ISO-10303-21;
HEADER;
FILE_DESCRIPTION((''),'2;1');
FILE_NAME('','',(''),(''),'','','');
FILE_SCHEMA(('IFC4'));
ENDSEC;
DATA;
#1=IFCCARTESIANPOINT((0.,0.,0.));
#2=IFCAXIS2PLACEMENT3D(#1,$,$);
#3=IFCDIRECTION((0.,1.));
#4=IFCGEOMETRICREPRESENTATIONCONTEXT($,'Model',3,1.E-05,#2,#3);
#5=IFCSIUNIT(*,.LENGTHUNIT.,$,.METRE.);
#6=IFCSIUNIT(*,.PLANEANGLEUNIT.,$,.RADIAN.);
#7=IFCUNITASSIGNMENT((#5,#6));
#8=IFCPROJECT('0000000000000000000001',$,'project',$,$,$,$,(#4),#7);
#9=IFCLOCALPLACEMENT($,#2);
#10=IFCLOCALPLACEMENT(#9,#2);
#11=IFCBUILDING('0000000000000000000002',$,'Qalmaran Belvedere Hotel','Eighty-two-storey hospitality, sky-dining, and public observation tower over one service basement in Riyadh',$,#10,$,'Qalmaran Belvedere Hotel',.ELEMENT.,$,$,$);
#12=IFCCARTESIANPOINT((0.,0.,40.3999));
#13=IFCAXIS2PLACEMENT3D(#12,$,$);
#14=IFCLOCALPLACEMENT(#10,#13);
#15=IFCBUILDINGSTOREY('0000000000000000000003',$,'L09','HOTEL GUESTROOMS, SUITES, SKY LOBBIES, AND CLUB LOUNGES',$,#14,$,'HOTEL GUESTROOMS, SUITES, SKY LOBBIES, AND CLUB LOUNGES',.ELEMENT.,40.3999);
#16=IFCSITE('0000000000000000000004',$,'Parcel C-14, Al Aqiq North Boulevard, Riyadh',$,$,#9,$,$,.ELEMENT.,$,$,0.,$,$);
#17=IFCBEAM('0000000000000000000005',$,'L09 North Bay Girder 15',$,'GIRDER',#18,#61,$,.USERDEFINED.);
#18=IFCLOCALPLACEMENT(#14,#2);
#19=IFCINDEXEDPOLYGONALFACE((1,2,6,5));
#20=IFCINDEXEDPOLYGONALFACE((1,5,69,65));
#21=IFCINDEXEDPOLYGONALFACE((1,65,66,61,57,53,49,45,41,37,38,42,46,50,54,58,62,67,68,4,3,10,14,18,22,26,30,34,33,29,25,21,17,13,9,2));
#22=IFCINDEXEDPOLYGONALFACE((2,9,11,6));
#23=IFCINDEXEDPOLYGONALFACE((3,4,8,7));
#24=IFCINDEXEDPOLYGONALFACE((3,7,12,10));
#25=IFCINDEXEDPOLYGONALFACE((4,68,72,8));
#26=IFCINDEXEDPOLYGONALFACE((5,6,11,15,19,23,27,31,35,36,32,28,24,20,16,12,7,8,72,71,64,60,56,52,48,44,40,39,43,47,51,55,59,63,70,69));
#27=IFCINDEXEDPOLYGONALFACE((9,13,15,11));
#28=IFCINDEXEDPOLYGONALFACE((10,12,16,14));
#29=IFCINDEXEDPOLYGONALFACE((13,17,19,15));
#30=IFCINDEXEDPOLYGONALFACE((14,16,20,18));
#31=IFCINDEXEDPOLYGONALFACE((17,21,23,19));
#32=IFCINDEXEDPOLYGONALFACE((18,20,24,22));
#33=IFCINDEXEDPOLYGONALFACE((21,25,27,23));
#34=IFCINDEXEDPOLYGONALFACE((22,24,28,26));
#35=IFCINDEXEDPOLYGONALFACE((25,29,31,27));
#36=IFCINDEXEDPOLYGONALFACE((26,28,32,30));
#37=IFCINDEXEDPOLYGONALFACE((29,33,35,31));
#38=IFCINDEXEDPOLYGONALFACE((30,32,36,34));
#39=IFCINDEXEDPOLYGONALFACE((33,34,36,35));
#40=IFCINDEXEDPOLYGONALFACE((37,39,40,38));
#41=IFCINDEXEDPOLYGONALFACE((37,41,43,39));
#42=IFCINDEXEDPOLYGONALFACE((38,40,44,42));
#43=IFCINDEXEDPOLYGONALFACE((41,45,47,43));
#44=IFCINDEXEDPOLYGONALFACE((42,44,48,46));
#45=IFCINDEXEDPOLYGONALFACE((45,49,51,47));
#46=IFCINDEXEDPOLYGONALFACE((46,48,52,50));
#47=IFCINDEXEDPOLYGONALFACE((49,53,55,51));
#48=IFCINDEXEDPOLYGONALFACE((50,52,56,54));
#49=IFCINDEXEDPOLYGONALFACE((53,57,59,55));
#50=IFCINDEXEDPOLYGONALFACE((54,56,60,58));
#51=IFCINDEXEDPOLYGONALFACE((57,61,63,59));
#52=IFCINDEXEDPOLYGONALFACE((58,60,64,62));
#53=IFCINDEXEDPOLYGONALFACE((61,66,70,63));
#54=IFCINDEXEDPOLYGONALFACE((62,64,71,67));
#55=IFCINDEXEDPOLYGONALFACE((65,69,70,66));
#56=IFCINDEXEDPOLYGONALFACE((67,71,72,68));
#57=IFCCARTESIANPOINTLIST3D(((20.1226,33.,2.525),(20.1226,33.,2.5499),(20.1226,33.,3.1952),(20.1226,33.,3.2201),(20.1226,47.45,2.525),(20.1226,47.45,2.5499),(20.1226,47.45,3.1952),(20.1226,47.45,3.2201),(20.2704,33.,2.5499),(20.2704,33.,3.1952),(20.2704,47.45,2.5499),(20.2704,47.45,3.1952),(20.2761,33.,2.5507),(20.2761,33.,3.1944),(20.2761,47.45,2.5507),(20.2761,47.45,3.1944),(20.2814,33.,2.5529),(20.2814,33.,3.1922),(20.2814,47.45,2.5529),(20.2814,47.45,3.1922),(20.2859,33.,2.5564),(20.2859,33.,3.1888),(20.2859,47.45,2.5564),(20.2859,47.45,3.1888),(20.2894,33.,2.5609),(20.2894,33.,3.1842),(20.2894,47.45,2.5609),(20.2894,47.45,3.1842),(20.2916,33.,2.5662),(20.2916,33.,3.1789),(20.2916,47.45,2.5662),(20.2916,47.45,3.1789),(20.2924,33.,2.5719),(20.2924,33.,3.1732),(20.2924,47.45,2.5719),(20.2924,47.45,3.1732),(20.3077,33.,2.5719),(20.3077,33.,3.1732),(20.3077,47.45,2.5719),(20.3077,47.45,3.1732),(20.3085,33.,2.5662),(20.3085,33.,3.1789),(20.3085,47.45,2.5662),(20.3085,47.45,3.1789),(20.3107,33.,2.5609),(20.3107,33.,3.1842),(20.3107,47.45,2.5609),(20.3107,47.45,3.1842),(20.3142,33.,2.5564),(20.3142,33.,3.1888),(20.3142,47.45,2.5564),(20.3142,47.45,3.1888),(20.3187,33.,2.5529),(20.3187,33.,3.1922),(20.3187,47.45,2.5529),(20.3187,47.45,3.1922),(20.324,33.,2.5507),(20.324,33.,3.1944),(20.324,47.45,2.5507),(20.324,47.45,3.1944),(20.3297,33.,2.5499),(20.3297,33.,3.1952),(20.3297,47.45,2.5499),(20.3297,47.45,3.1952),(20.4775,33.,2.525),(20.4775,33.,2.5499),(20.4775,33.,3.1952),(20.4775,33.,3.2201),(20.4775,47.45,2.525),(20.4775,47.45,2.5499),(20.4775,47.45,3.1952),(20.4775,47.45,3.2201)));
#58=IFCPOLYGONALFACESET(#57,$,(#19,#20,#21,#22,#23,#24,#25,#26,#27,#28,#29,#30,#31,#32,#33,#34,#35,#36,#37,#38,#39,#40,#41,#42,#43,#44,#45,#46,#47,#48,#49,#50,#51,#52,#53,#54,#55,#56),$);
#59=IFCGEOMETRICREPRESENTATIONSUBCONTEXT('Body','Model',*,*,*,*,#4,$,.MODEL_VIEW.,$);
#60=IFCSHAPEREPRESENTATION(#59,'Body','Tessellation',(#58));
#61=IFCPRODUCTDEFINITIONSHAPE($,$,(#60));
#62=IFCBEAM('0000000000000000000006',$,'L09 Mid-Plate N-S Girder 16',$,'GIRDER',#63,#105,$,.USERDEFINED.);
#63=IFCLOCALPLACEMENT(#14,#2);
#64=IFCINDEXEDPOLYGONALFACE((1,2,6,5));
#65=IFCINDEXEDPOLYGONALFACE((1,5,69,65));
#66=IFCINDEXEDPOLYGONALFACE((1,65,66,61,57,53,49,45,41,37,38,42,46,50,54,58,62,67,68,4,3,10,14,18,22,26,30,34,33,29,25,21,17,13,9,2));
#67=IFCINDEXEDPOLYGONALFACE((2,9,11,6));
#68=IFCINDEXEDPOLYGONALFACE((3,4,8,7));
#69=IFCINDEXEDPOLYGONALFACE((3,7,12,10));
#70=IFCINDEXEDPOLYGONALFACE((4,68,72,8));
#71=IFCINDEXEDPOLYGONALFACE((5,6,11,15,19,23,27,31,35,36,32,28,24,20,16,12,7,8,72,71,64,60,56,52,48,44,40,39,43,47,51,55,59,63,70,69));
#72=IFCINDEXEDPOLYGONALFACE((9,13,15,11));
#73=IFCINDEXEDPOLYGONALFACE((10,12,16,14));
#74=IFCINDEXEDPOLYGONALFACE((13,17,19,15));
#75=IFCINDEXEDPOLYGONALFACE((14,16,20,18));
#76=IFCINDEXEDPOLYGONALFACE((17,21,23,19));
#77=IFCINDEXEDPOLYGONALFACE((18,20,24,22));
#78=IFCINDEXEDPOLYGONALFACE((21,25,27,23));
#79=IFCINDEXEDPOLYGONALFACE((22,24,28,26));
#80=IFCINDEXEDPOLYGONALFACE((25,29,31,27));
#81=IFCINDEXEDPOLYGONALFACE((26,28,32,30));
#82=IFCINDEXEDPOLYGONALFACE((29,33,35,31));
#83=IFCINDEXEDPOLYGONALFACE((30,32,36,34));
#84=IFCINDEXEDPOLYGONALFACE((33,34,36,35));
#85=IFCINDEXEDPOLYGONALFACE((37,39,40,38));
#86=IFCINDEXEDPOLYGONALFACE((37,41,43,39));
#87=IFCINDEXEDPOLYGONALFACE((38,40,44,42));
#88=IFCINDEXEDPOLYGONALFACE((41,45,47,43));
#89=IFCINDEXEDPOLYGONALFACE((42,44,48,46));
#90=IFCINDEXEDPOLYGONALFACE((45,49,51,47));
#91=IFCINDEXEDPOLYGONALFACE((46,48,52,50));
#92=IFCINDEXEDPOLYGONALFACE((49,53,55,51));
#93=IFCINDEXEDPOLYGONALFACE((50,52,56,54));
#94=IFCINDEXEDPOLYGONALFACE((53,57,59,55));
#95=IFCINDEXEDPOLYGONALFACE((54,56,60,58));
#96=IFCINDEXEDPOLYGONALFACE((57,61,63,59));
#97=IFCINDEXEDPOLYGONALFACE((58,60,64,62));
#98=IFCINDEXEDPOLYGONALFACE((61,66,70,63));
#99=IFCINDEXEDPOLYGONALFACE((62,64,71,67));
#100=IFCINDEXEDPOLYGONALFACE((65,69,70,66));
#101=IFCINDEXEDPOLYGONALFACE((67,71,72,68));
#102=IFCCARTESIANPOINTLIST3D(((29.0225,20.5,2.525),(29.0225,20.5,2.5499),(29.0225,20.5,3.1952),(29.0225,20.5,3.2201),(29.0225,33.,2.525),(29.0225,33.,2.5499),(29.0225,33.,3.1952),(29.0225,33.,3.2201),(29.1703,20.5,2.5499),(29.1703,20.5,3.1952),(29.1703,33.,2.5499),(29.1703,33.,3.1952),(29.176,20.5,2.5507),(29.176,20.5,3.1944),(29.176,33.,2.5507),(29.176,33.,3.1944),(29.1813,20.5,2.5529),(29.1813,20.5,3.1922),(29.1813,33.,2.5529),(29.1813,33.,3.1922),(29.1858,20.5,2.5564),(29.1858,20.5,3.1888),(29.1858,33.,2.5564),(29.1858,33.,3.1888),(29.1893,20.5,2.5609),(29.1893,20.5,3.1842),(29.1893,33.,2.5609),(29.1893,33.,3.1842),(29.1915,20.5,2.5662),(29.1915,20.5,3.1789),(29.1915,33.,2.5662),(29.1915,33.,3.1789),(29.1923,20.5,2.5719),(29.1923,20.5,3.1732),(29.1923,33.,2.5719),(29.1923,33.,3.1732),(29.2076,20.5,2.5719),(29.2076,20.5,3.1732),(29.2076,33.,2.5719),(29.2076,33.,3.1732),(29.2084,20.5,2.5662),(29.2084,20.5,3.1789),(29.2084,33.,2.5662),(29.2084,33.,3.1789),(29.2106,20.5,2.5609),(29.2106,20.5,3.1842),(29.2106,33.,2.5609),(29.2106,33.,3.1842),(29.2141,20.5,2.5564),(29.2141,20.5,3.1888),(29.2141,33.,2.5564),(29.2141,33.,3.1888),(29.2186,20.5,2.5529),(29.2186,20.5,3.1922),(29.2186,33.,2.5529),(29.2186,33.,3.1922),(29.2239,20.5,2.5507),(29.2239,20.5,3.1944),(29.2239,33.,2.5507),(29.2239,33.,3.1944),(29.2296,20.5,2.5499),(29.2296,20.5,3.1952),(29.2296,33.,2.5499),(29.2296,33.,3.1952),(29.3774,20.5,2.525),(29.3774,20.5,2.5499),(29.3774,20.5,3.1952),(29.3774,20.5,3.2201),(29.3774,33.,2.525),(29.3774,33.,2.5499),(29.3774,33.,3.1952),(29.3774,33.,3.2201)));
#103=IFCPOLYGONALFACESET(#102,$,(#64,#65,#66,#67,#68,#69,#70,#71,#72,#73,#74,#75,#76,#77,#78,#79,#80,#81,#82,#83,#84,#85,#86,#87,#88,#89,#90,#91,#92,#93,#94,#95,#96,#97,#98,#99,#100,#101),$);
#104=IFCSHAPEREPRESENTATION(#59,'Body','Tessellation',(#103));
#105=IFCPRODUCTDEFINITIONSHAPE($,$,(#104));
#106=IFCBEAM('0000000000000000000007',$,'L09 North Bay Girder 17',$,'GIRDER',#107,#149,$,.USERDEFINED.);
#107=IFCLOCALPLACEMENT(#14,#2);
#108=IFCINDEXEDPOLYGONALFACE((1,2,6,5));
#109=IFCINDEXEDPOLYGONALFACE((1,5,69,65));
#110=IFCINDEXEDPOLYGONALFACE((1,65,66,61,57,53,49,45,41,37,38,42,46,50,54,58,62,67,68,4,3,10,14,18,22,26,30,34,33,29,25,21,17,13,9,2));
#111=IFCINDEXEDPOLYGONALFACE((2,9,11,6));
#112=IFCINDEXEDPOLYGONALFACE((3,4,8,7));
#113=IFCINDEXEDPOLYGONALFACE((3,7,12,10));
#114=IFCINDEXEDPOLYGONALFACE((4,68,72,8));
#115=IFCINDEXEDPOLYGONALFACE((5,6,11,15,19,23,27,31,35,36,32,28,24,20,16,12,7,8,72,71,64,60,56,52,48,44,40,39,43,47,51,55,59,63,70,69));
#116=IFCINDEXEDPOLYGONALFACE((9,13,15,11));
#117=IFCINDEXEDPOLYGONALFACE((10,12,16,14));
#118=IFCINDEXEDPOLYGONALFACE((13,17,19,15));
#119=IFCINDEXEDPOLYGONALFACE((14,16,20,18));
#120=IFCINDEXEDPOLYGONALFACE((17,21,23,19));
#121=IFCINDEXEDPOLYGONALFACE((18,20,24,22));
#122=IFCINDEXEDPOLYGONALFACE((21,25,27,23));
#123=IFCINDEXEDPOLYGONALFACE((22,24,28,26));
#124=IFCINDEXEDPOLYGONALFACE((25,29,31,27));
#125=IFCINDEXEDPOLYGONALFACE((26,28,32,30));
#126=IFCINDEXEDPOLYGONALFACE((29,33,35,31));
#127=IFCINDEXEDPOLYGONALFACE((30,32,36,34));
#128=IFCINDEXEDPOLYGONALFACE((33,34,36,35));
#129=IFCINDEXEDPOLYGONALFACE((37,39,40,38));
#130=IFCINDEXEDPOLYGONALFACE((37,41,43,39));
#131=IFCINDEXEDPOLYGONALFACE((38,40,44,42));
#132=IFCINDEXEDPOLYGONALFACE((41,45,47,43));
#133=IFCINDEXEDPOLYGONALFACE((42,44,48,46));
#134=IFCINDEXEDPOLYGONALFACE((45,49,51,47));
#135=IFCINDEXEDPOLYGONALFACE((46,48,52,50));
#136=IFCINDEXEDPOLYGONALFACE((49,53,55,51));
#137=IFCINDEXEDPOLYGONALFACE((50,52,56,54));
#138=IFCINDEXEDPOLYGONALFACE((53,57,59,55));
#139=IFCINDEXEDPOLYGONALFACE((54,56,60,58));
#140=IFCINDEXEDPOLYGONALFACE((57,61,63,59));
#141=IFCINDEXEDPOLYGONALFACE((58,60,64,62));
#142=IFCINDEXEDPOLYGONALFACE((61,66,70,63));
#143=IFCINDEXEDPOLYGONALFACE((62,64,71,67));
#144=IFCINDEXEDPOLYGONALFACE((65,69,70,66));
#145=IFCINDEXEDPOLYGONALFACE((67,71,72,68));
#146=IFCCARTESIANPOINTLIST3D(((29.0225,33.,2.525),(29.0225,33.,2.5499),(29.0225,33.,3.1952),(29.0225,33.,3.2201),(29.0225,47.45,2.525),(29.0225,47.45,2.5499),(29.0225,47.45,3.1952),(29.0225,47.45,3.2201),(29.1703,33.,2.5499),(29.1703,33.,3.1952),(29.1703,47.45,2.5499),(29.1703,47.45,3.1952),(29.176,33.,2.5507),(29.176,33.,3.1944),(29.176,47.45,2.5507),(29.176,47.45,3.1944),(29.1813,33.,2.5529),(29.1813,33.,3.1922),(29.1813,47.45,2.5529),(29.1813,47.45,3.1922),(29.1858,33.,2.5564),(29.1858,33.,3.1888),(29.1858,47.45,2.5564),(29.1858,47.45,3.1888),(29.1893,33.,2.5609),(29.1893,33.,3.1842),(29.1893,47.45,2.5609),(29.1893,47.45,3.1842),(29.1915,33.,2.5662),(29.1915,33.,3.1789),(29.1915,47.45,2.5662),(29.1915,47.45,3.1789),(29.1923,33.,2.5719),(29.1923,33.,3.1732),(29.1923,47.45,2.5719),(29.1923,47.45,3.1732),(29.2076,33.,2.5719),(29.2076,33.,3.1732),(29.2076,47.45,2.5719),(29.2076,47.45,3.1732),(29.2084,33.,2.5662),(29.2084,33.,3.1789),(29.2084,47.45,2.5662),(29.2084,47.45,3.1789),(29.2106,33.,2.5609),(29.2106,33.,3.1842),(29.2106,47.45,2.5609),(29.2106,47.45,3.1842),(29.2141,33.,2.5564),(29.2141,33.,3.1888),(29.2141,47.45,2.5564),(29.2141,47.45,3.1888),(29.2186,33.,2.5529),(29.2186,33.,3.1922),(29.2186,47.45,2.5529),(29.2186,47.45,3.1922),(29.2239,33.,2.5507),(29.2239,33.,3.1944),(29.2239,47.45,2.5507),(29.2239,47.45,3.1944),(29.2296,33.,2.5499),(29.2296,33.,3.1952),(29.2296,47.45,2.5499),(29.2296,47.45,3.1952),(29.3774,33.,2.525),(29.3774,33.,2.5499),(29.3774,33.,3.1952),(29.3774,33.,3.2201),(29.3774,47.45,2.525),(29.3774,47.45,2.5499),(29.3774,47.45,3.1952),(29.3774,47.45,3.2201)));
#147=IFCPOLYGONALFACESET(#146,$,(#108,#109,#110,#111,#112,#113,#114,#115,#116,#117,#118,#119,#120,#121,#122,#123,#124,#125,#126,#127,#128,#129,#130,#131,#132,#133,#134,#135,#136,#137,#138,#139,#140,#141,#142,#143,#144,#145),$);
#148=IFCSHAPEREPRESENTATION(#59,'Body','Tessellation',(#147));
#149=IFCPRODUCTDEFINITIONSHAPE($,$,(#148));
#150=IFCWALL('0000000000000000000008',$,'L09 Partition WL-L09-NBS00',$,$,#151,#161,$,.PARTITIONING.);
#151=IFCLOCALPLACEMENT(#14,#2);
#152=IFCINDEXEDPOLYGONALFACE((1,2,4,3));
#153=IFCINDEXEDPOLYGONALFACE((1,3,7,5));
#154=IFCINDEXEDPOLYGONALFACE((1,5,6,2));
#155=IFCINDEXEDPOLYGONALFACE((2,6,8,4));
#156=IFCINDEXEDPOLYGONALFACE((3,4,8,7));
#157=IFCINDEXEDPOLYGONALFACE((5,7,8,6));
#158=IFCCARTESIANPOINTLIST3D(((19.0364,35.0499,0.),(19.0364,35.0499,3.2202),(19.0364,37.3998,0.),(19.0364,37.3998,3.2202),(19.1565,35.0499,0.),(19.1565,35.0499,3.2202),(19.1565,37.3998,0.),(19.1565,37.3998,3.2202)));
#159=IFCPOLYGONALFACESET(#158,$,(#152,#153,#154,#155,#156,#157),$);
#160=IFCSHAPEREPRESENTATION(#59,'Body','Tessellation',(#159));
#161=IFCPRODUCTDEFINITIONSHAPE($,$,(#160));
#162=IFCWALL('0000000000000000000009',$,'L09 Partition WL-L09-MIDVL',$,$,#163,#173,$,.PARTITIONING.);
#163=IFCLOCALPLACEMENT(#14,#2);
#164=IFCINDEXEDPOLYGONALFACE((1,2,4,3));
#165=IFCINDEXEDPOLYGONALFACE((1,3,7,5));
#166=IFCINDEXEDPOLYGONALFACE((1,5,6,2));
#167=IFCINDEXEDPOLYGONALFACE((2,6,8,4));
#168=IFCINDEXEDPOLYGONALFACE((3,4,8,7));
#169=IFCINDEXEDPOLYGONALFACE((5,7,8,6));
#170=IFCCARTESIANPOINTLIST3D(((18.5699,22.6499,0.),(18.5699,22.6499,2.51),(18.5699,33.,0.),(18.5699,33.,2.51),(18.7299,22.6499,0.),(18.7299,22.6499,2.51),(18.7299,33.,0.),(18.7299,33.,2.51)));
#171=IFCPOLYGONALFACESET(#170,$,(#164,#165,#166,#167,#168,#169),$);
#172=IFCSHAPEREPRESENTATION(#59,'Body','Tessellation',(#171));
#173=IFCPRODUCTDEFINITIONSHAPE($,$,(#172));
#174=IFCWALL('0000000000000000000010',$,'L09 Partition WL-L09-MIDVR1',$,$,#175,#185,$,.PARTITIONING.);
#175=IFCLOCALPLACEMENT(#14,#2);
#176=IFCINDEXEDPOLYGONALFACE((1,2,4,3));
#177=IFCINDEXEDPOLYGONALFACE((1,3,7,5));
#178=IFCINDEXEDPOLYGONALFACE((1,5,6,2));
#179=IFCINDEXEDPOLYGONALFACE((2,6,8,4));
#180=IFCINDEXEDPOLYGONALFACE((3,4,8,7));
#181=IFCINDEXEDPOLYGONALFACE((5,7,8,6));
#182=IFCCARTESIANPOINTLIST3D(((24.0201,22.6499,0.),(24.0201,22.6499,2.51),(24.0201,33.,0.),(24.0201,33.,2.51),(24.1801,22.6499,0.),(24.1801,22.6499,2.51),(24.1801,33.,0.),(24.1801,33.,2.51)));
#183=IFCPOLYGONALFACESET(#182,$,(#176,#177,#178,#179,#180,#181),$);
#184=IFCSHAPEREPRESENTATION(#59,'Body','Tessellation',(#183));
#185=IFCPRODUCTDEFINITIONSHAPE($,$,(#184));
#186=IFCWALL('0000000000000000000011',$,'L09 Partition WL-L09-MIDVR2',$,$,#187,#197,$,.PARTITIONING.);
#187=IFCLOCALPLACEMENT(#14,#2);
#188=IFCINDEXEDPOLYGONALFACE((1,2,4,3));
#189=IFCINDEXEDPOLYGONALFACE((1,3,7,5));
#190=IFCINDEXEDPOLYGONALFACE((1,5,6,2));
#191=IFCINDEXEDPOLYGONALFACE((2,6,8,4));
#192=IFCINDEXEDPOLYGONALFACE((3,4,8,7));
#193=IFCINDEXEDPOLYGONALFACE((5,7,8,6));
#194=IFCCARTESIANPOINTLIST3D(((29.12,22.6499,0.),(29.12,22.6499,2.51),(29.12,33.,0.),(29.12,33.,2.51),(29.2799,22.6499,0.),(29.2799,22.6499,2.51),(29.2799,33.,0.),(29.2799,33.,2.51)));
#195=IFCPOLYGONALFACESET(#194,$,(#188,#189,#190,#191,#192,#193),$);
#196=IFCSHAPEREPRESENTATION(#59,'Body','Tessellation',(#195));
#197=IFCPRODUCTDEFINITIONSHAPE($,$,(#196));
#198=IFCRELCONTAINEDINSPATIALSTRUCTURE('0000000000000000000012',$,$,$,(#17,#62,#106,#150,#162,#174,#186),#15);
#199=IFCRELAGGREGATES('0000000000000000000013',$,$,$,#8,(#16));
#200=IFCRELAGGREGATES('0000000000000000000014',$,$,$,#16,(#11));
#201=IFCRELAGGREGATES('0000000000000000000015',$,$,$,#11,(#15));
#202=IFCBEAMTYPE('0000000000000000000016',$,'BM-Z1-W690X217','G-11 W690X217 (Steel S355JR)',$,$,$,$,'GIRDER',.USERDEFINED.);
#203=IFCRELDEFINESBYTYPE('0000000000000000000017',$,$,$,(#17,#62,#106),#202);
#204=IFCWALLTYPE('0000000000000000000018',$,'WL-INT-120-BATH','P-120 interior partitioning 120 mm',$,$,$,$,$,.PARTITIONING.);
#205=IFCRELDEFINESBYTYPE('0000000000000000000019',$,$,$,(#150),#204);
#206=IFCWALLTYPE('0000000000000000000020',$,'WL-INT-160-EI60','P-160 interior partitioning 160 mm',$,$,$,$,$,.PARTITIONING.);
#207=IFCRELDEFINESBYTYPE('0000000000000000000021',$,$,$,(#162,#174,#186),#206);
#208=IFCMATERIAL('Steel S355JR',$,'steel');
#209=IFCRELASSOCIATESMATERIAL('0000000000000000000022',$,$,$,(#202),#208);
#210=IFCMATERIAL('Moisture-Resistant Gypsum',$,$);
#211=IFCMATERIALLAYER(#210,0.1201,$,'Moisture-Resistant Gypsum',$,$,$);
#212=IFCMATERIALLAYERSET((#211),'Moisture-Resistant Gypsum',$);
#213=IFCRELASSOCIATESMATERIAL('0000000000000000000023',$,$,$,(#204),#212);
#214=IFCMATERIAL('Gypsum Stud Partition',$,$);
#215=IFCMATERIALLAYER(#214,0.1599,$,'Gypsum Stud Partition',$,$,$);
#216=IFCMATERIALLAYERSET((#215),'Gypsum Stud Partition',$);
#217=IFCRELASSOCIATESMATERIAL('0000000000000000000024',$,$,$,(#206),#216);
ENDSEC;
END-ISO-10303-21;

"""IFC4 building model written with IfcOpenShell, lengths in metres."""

from ifc_helpers import new_model, si_unit, direction, frame, frame_2d, origin, origin_2d, place, context, subcontext, project, spatial, rectangle, i_section, extrude, material, layer, layer_set, material_profile, profile_set, type_object, element, save


model = new_model("IFC4")

# Units and contexts
model_context = context("Model", 3, precision=1e-05, world=origin(), true_north=direction((0.0, 1.0)))
body_context = subcontext(model_context, "Body", "Model", "MODEL_VIEW")
ifc_project = project(units=[si_unit("LENGTHUNIT", "METRE"), si_unit("PLANEANGLEUNIT", "RADIAN")], contexts=[model_context])

# Site, building, storey
site_placement = place(None, origin())
site = spatial("IfcSite", under=ifc_project, at=site_placement, Name="Parcel C-14, Al Aqiq North Boulevard, Riyadh", CompositionType="ELEMENT", RefElevation=0.0)
building_placement = place(site_placement, origin())
building = spatial("IfcBuilding", under=site, at=building_placement, Name="Qalmaran Belvedere Hotel", Description="Eighty-two-storey hospitality, sky-dining, and public observation tower over one service basement in Riyadh", LongName="Qalmaran Belvedere Hotel", CompositionType="ELEMENT")
storey_placement = place(building_placement, frame((0.0, 0.0, 40.3999)))
storey = spatial("IfcBuildingStorey", under=building, at=storey_placement, Name="L09", Description="HOTEL GUESTROOMS, SUITES, SKY LOBBIES, AND CLUB LOUNGES", LongName="HOTEL GUESTROOMS, SUITES, SKY LOBBIES, AND CLUB LOUNGES", CompositionType="ELEMENT", Elevation=40.3999)

# Beams
ifc_material_1 = material(Name="Steel S355JR", Category="steel")
ifc_material_profile_1 = material_profile(ifc_material_1, i_section(OverallWidth=0.355, OverallDepth=0.6951, WebThickness=0.0154, FlangeThickness=0.0249, FilletRadius=0.022, at=origin_2d()), Name="W690X217")
ifc_profile_set_1 = profile_set([ifc_material_profile_1], Name="Steel S355JR")
beam_type_1 = type_object("IfcBeamType", Name="BM-Z1-W690X217", Description="G-11 W690X217 (Steel S355JR)", ElementType="GIRDER", PredefinedType="USERDEFINED", material=ifc_profile_set_1)
beam_1_placement = place(storey_placement, frame((20.3, 33.0, 2.8726), z_axis=(0.0, 1.0, 0.0), x_axis=(-1.0, 0.0, 0.0)))
element("IfcBeam", 1, at=beam_1_placement, inside=storey, type_object=beam_type_1, Name="L09 North Bay Girder 15", ObjectType="GIRDER", PredefinedType="USERDEFINED", context=body_context, shape_type="SweptSolid", body=[
    extrude(i_section(OverallWidth=0.355, OverallDepth=0.6951, WebThickness=0.0154, FlangeThickness=0.0249, FilletRadius=0.022, at=origin_2d()), origin(), (0.0, 0.0, 1.0), 14.45),
])
beam_2_placement = place(storey_placement, frame((29.2, 20.5, 2.8726), z_axis=(0.0, 1.0, 0.0), x_axis=(-1.0, 0.0, 0.0)))
element("IfcBeam", 2, at=beam_2_placement, inside=storey, type_object=beam_type_1, Name="L09 Mid-Plate N-S Girder 16", ObjectType="GIRDER", PredefinedType="USERDEFINED", context=body_context, shape_type="SweptSolid", body=[
    extrude(i_section(OverallWidth=0.355, OverallDepth=0.6951, WebThickness=0.0154, FlangeThickness=0.0249, FilletRadius=0.022, at=origin_2d()), origin(), (0.0, 0.0, 1.0), 12.5),
])
beam_3_placement = place(storey_placement, frame((29.2, 33.0, 2.8726), z_axis=(0.0, 1.0, 0.0), x_axis=(-1.0, 0.0, 0.0)))
element("IfcBeam", 3, at=beam_3_placement, inside=storey, type_object=beam_type_1, Name="L09 North Bay Girder 17", ObjectType="GIRDER", PredefinedType="USERDEFINED", context=body_context, shape_type="SweptSolid", body=[
    extrude(i_section(OverallWidth=0.355, OverallDepth=0.6951, WebThickness=0.0154, FlangeThickness=0.0249, FilletRadius=0.022, at=origin_2d()), origin(), (0.0, 0.0, 1.0), 14.45),
])

# Wall
ifc_material_2 = material(Name="Moisture-Resistant Gypsum")
ifc_layer_1 = layer(ifc_material_2, 0.1201, Name="Moisture-Resistant Gypsum")
ifc_layer_set_1 = layer_set([ifc_layer_1], Name="Moisture-Resistant Gypsum")
wall_type_1 = type_object("IfcWallType", Name="WL-INT-120-BATH", Description="P-120 interior partitioning 120 mm", PredefinedType="PARTITIONING", material=ifc_layer_set_1)
wall_1_placement = place(storey_placement, frame((19.0964, 35.05, 0.0), z_axis=(0.0, 0.0, 1.0), x_axis=(0.0, 1.0, 0.0)))
element("IfcWall", 4, at=wall_1_placement, inside=storey, type_object=wall_type_1, Name="L09 Partition WL-L09-NBS00", PredefinedType="PARTITIONING", context=body_context, shape_type="SweptSolid", body=[
    extrude(rectangle(XDim=2.3499, YDim=0.1201, at=frame_2d((1.1748, 0.0))), origin(), (0.0, 0.0, 1.0), 3.2202),
])

# Shared definitions
ifc_material_3 = material(Name="Gypsum Stud Partition")

# Walls
ifc_layer_2 = layer(ifc_material_3, 0.1599, Name="Gypsum Stud Partition")
ifc_layer_set_2 = layer_set([ifc_layer_2], Name="Gypsum Stud Partition")
wall_type_2 = type_object("IfcWallType", Name="WL-INT-160-EI60", Description="P-160 interior partitioning 160 mm", PredefinedType="PARTITIONING", material=ifc_layer_set_2)
for number, where, z_axis, x_axis, name in (
    (5, (18.6499, 22.6499, 0.0), (0.0, 0.0, 1.0), (0.0, 1.0, 0.0), "L09 Partition WL-L09-MIDVL"),
    (6, (24.1001, 22.6499, 0.0), (0.0, 0.0, 1.0), (0.0, 1.0, 0.0), "L09 Partition WL-L09-MIDVR1"),
    (7, (29.2, 22.6499, 0.0), (0.0, 0.0, 1.0), (0.0, 1.0, 0.0), "L09 Partition WL-L09-MIDVR2"),
):
    element("IfcWall", number, at=place(storey_placement, frame(where, z_axis=z_axis, x_axis=x_axis)), inside=storey, type_object=wall_type_2, Name=name, PredefinedType="PARTITIONING", context=body_context, shape_type="SweptSolid", body=[
        extrude(rectangle(XDim=10.3501, YDim=0.1599, at=frame_2d((5.175, 0.0))), origin(), (0.0, 0.0, 1.0), 2.51),
    ])

save(model, "model.ifc")
